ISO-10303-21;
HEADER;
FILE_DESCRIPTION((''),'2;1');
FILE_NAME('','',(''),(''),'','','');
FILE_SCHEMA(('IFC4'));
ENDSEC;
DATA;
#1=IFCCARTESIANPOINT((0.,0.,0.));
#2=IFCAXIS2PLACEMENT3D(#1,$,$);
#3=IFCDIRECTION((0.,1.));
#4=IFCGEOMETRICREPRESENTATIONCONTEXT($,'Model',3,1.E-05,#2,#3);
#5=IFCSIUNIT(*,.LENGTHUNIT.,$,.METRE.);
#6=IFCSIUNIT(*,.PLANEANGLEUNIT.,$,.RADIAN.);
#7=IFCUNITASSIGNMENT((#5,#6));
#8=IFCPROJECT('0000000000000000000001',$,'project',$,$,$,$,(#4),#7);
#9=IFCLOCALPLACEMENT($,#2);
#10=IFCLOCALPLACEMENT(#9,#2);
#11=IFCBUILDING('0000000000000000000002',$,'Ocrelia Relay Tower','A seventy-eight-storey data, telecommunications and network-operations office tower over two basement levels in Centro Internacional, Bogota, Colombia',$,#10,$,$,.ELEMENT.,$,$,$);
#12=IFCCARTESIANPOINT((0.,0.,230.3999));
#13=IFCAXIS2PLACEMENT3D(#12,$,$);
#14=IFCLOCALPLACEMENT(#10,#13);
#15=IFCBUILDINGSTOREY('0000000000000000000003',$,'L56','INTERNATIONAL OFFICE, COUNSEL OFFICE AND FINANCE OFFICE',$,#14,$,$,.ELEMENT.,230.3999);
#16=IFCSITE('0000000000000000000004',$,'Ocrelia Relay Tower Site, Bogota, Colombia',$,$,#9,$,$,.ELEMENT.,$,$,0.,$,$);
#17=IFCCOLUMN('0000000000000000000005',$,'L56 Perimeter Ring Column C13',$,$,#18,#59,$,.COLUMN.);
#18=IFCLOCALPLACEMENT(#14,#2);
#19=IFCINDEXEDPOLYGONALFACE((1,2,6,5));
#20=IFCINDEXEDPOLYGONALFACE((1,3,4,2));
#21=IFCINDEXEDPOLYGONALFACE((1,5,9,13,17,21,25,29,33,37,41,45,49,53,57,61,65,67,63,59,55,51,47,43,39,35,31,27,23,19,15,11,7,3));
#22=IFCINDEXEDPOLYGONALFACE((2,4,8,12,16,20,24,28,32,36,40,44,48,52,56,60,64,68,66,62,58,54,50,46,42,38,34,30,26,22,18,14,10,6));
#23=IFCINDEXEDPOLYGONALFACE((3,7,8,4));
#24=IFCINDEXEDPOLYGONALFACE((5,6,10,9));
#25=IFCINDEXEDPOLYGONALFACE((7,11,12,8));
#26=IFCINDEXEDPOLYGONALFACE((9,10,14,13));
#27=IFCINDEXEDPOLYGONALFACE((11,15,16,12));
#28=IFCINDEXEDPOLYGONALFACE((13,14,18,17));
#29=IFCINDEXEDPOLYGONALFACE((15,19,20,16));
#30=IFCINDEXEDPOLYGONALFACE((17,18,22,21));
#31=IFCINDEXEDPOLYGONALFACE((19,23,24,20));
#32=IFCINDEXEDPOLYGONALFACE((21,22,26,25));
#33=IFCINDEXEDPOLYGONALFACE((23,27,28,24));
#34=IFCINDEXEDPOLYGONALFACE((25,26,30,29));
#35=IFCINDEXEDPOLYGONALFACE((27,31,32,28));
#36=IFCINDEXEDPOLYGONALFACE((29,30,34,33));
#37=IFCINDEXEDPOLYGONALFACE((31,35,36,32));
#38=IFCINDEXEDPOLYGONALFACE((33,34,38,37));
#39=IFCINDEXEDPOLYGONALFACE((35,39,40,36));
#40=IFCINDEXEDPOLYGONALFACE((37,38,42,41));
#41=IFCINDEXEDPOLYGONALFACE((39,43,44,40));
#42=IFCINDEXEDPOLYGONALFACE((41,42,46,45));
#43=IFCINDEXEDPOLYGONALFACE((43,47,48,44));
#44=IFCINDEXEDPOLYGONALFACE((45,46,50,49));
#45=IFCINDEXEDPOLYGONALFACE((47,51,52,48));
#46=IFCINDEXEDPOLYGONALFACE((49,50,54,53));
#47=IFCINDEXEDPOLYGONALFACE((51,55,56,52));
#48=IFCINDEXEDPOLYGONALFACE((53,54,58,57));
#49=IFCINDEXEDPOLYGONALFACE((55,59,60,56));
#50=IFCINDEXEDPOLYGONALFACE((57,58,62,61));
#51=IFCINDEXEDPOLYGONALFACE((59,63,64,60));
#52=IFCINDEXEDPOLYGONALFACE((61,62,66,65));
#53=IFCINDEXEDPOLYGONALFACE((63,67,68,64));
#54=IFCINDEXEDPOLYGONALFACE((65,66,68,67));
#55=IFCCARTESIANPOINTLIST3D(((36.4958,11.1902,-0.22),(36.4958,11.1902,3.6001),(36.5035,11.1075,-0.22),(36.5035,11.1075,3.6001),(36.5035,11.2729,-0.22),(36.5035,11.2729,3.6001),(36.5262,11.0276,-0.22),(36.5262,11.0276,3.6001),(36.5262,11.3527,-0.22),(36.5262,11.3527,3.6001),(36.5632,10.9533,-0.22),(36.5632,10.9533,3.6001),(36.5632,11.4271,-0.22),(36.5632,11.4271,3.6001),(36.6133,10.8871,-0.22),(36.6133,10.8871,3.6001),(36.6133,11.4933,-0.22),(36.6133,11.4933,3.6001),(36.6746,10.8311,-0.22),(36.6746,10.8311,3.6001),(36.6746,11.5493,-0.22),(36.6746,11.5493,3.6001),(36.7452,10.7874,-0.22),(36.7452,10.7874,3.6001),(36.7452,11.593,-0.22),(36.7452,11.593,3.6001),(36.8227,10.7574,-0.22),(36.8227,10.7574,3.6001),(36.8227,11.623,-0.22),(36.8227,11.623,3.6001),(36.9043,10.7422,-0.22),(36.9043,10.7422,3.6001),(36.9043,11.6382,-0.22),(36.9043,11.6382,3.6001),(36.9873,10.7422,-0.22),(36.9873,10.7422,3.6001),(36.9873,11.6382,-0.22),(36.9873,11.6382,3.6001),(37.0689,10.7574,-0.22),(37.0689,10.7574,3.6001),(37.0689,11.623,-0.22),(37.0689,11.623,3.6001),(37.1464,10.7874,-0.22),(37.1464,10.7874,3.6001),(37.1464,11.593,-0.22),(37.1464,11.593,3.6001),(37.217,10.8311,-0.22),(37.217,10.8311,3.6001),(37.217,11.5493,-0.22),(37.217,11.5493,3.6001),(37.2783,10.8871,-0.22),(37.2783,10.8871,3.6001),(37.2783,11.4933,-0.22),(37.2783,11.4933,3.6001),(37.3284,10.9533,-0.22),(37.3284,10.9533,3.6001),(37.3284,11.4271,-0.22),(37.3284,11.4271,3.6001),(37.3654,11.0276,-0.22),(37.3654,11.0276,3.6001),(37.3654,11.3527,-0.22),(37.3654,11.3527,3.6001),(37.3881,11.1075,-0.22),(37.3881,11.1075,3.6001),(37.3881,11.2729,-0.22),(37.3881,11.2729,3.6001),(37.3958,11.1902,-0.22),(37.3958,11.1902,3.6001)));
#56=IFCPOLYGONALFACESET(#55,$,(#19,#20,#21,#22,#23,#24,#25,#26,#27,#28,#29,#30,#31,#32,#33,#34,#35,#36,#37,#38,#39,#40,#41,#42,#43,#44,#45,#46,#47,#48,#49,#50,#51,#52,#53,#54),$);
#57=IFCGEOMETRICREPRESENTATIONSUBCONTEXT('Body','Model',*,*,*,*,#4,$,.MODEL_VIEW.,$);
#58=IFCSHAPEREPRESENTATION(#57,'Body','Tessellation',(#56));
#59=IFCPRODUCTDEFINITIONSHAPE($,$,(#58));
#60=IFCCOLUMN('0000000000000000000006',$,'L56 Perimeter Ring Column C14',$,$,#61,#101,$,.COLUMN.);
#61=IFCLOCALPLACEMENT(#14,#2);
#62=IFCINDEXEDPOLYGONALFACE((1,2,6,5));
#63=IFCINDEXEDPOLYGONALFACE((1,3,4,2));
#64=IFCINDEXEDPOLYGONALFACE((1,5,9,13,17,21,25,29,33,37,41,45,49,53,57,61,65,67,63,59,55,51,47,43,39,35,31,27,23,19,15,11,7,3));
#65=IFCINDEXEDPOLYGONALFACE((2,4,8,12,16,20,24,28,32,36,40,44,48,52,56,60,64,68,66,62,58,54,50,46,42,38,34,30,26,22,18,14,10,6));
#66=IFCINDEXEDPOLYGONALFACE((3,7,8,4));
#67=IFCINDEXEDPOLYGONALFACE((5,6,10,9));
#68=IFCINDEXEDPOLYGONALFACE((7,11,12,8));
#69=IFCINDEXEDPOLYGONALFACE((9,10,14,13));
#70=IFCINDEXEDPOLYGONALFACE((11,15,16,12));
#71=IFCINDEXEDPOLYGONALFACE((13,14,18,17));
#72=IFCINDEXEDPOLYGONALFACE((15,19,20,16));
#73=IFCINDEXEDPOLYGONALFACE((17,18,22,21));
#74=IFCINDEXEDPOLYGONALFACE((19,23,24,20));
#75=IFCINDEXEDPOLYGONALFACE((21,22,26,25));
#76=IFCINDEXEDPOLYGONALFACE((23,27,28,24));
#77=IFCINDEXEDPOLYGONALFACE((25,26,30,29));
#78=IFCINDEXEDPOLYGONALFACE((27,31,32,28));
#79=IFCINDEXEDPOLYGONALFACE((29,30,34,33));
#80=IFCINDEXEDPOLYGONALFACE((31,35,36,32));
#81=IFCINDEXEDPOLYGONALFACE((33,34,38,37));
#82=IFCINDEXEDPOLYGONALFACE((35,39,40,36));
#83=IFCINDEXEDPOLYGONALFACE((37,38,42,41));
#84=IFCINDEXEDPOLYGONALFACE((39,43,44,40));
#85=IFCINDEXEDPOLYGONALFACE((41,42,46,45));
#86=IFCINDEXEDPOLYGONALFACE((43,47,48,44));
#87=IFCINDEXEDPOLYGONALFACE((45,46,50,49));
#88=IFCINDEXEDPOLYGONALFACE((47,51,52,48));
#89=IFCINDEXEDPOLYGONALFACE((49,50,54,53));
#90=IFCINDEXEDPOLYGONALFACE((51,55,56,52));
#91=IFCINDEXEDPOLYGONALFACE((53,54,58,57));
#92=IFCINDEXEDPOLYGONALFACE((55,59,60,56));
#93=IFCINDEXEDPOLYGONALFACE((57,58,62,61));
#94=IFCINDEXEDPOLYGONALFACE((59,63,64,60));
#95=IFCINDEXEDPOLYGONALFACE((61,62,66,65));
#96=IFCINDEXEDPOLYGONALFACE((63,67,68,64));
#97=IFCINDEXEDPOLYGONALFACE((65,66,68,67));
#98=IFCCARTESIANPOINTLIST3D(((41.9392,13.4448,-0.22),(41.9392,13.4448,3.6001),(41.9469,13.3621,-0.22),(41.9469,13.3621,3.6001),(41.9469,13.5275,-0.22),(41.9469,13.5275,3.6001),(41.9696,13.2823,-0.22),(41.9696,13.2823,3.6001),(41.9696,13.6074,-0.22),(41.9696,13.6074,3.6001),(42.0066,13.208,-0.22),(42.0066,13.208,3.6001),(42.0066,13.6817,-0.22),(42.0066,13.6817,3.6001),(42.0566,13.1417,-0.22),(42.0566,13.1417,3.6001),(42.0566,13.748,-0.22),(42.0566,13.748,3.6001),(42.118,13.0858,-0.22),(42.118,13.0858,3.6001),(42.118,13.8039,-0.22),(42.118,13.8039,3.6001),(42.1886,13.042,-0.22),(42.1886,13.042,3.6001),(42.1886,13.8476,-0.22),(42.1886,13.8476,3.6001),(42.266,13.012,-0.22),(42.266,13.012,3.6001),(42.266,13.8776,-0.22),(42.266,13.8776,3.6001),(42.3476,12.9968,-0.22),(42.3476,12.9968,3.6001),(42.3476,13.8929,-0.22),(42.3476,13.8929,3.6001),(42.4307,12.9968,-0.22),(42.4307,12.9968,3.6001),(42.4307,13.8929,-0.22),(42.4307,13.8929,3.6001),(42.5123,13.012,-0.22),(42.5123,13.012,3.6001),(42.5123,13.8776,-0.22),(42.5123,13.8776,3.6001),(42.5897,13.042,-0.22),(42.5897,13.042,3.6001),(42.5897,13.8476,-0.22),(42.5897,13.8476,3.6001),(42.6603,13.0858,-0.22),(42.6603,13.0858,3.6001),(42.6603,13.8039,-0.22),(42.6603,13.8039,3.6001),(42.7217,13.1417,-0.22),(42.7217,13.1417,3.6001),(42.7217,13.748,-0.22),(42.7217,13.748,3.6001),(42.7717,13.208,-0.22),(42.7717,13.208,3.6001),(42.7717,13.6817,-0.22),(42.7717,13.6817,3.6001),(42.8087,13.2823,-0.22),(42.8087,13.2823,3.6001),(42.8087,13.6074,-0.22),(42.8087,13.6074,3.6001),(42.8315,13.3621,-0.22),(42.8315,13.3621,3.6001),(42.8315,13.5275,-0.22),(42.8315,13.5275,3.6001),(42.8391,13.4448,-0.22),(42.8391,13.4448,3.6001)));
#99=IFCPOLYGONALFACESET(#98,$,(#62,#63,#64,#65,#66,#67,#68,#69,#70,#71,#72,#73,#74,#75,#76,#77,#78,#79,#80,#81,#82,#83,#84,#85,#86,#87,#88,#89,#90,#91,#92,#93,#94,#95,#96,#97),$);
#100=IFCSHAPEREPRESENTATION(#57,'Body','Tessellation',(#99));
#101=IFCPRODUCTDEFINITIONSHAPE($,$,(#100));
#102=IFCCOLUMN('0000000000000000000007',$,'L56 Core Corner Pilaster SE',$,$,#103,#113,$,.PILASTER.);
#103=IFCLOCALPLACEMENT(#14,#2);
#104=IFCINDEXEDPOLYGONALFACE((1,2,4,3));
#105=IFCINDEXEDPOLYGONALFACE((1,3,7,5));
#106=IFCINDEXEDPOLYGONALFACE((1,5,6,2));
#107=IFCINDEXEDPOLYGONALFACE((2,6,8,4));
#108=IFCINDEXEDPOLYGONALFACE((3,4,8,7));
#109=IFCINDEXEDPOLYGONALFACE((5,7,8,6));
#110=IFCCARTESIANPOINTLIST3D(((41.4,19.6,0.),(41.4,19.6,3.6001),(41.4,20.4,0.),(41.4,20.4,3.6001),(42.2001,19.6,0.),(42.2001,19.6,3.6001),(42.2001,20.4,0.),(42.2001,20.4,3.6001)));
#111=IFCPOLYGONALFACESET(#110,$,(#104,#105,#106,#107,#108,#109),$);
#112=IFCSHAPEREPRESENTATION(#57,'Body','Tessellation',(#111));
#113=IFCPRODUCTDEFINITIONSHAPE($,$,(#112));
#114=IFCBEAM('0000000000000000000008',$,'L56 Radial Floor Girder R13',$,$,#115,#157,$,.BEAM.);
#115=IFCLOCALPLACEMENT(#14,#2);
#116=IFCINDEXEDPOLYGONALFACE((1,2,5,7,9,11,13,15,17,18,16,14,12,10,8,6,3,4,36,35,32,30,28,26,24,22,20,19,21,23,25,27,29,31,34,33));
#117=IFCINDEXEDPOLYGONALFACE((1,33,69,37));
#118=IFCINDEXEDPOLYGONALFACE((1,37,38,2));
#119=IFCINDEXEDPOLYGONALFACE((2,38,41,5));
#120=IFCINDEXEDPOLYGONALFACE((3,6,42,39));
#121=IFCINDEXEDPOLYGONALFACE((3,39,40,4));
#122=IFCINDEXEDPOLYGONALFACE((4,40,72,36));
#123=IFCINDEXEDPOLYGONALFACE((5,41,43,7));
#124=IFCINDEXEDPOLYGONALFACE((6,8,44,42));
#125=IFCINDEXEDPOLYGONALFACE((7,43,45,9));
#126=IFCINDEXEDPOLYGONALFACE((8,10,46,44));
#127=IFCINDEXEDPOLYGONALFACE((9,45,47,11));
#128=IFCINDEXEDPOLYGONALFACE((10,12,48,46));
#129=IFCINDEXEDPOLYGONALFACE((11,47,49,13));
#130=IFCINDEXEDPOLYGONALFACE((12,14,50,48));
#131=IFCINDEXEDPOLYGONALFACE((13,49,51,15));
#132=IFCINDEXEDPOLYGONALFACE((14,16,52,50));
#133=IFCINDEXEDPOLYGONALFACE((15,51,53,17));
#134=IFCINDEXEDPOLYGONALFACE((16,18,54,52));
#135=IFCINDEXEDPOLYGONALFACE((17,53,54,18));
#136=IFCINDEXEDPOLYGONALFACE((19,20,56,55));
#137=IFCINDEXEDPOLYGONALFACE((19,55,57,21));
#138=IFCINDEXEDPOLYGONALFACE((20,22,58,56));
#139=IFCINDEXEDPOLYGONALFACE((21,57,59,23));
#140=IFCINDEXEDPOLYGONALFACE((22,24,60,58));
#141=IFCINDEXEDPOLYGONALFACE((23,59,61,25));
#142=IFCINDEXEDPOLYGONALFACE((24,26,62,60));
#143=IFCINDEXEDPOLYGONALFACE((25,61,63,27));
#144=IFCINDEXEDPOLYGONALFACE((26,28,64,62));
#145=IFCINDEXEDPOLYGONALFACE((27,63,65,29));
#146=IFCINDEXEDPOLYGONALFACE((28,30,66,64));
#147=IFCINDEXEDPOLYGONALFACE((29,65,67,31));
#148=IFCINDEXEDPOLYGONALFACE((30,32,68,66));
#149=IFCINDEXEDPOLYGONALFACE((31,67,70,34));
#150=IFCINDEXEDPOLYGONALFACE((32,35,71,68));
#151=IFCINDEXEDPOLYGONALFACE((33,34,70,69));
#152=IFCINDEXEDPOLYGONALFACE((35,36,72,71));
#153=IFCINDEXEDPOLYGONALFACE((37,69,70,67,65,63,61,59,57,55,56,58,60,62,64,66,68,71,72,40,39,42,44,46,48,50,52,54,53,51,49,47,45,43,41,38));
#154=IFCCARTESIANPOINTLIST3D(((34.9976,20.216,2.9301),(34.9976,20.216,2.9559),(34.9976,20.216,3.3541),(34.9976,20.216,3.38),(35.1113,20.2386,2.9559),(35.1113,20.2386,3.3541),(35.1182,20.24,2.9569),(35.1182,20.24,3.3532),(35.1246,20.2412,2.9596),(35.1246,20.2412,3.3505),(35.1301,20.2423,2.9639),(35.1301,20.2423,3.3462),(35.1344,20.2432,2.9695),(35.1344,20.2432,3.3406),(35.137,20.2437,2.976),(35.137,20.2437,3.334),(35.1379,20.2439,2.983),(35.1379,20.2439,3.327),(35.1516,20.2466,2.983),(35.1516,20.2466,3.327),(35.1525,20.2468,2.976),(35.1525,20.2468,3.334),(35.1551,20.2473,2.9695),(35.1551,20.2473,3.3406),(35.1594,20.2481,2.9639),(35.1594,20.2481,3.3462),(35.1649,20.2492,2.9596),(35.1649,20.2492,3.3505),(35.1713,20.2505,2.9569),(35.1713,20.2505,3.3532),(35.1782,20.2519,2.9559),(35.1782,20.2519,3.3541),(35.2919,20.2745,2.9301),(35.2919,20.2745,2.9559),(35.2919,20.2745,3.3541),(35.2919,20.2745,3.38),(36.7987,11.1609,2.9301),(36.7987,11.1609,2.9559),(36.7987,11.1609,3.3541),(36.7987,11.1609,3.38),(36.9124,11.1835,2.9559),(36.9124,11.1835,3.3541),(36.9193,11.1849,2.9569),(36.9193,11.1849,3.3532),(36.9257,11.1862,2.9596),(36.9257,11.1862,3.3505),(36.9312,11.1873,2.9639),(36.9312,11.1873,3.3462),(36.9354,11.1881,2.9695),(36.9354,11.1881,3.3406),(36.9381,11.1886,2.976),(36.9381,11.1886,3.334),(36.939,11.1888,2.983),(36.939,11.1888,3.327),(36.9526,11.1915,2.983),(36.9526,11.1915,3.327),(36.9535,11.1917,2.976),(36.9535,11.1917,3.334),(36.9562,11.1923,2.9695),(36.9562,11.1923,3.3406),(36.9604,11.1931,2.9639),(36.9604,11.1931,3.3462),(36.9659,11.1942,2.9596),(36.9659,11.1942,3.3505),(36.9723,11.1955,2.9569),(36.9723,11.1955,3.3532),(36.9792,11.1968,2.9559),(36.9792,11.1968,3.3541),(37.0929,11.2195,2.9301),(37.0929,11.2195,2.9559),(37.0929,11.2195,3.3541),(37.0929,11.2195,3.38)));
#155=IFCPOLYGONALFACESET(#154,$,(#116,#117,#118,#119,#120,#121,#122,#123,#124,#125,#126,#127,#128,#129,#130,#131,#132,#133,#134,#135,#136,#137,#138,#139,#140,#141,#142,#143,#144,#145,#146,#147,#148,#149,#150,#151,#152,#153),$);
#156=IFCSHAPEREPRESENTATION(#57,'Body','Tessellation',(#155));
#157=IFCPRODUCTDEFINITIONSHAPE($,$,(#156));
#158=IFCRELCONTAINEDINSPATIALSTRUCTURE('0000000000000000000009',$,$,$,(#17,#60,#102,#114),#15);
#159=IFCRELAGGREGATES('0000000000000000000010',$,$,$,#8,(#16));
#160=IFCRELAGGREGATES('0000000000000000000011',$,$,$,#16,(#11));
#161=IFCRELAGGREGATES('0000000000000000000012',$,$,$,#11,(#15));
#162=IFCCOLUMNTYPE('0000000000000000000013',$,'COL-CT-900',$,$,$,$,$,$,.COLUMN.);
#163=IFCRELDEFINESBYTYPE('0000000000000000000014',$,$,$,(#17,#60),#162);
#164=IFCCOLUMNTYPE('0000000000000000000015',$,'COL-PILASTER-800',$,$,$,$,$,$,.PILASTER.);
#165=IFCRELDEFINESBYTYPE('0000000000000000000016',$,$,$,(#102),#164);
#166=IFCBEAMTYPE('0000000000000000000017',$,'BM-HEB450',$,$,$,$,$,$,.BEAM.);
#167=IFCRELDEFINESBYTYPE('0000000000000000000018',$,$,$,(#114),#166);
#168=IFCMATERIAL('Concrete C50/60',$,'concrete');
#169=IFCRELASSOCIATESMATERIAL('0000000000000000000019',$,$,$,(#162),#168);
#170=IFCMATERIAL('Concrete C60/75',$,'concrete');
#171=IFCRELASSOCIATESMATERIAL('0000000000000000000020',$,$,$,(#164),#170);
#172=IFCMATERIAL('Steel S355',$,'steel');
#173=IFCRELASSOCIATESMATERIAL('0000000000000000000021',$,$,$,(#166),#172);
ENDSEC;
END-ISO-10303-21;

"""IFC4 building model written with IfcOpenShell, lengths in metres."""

from ifc_helpers import new_model, si_unit, direction, frame, origin, origin_2d, place, context, subcontext, project, spatial, rectangle, circle, i_section, extrude, material, material_profile, profile_set, type_object, element, save


model = new_model("IFC4")

# Units and contexts
model_context = context("Model", 3, precision=1e-05, world=origin(), true_north=direction((0.0, 1.0)))
body_context = subcontext(model_context, "Body", "Model", "MODEL_VIEW")
ifc_project = project(units=[si_unit("LENGTHUNIT", "METRE"), si_unit("PLANEANGLEUNIT", "RADIAN")], contexts=[model_context])

# Site, building, storey
site_placement = place(None, origin())
site = spatial("IfcSite", under=ifc_project, at=site_placement, Name="Ocrelia Relay Tower Site, Bogota, Colombia", CompositionType="ELEMENT", RefElevation=0.0)
building_placement = place(site_placement, origin())
building = spatial("IfcBuilding", under=site, at=building_placement, Name="Ocrelia Relay Tower", Description="A seventy-eight-storey data, telecommunications and network-operations office tower over two basement levels in Centro Internacional, Bogota, Colombia", CompositionType="ELEMENT")
storey_placement = place(building_placement, frame((0.0, 0.0, 230.3999)))
storey = spatial("IfcBuildingStorey", under=building, at=storey_placement, Name="L56", Description="INTERNATIONAL OFFICE, COUNSEL OFFICE AND FINANCE OFFICE", CompositionType="ELEMENT", Elevation=230.3999)

# Columns
ifc_material_1 = material(Name="Concrete C50/60", Category="concrete")
ifc_material_profile_1 = material_profile(ifc_material_1, circle(Radius=0.45, at=origin_2d()), Name="RC-CIR-900")
ifc_profile_set_1 = profile_set([ifc_material_profile_1], Name="Concrete C50/60")
column_type_1 = type_object("IfcColumnType", Name="COL-CT-900", PredefinedType="COLUMN", material=ifc_profile_set_1)
for number, where, z_axis, x_axis, name in (
    (1, (36.9458, 11.1902, -0.22), (0.0, 0.0, 1.0), (1.0, 0.0, 0.0), "L56 Perimeter Ring Column C13"),
    (2, (42.3892, 13.4448, -0.22), (0.0, 0.0, 1.0), (1.0, 0.0, 0.0), "L56 Perimeter Ring Column C14"),
):
    element("IfcColumn", number, at=place(storey_placement, frame(where, z_axis=z_axis, x_axis=x_axis)), inside=storey, type_object=column_type_1, Name=name, PredefinedType="COLUMN", context=body_context, shape_type="SweptSolid", body=[
        extrude(circle(Radius=0.45, at=origin_2d()), origin(), (0.0, 0.0, 1.0), 3.8201),
    ])
ifc_material_2 = material(Name="Concrete C60/75", Category="concrete")
ifc_material_profile_2 = material_profile(ifc_material_2, rectangle(XDim=0.8, YDim=0.8, at=origin_2d()), Name="RC-COL-800x800")
ifc_profile_set_2 = profile_set([ifc_material_profile_2], Name="Concrete C60/75")
column_type_2 = type_object("IfcColumnType", Name="COL-PILASTER-800", PredefinedType="PILASTER", material=ifc_profile_set_2)
column_placement = place(storey_placement, frame((41.8, 20.0, 0.0), z_axis=(0.0, 0.0, 1.0), x_axis=(1.0, 0.0, 0.0)))
element("IfcColumn", 3, at=column_placement, inside=storey, type_object=column_type_2, Name="L56 Core Corner Pilaster SE", PredefinedType="PILASTER", context=body_context, shape_type="SweptSolid", body=[
    extrude(rectangle(XDim=0.8, YDim=0.8, at=origin_2d()), origin(), (0.0, 0.0, 1.0), 3.6001),
])

# Beam
ifc_material_3 = material(Name="Steel S355", Category="steel")
ifc_material_profile_3 = material_profile(ifc_material_3, i_section(OverallWidth=0.3, OverallDepth=0.45, WebThickness=0.0139, FlangeThickness=0.0259, FilletRadius=0.0271, at=origin_2d()), Name="HEB 450")
ifc_profile_set_3 = profile_set([ifc_material_profile_3], Name="Steel S355")
beam_type_1 = type_object("IfcBeamType", Name="BM-HEB450", PredefinedType="BEAM", material=ifc_profile_set_3)
beam_1_placement = place(storey_placement, frame((36.9458, 11.1902, 3.155), z_axis=(-0.195079, 0.980788, 0.0), x_axis=(-0.980788, -0.195079, 0.0)))
element("IfcBeam", 4, at=beam_1_placement, inside=storey, type_object=beam_type_1, Name="L56 Radial Floor Girder R13", PredefinedType="BEAM", context=body_context, shape_type="SweptSolid", body=[
    extrude(i_section(OverallWidth=0.3, OverallDepth=0.45, WebThickness=0.0139, FlangeThickness=0.0259, FilletRadius=0.0271, at=origin_2d()), origin(), (0.0, 0.0, 1.0), 9.2324),
])

save(model, "model.ifc")
